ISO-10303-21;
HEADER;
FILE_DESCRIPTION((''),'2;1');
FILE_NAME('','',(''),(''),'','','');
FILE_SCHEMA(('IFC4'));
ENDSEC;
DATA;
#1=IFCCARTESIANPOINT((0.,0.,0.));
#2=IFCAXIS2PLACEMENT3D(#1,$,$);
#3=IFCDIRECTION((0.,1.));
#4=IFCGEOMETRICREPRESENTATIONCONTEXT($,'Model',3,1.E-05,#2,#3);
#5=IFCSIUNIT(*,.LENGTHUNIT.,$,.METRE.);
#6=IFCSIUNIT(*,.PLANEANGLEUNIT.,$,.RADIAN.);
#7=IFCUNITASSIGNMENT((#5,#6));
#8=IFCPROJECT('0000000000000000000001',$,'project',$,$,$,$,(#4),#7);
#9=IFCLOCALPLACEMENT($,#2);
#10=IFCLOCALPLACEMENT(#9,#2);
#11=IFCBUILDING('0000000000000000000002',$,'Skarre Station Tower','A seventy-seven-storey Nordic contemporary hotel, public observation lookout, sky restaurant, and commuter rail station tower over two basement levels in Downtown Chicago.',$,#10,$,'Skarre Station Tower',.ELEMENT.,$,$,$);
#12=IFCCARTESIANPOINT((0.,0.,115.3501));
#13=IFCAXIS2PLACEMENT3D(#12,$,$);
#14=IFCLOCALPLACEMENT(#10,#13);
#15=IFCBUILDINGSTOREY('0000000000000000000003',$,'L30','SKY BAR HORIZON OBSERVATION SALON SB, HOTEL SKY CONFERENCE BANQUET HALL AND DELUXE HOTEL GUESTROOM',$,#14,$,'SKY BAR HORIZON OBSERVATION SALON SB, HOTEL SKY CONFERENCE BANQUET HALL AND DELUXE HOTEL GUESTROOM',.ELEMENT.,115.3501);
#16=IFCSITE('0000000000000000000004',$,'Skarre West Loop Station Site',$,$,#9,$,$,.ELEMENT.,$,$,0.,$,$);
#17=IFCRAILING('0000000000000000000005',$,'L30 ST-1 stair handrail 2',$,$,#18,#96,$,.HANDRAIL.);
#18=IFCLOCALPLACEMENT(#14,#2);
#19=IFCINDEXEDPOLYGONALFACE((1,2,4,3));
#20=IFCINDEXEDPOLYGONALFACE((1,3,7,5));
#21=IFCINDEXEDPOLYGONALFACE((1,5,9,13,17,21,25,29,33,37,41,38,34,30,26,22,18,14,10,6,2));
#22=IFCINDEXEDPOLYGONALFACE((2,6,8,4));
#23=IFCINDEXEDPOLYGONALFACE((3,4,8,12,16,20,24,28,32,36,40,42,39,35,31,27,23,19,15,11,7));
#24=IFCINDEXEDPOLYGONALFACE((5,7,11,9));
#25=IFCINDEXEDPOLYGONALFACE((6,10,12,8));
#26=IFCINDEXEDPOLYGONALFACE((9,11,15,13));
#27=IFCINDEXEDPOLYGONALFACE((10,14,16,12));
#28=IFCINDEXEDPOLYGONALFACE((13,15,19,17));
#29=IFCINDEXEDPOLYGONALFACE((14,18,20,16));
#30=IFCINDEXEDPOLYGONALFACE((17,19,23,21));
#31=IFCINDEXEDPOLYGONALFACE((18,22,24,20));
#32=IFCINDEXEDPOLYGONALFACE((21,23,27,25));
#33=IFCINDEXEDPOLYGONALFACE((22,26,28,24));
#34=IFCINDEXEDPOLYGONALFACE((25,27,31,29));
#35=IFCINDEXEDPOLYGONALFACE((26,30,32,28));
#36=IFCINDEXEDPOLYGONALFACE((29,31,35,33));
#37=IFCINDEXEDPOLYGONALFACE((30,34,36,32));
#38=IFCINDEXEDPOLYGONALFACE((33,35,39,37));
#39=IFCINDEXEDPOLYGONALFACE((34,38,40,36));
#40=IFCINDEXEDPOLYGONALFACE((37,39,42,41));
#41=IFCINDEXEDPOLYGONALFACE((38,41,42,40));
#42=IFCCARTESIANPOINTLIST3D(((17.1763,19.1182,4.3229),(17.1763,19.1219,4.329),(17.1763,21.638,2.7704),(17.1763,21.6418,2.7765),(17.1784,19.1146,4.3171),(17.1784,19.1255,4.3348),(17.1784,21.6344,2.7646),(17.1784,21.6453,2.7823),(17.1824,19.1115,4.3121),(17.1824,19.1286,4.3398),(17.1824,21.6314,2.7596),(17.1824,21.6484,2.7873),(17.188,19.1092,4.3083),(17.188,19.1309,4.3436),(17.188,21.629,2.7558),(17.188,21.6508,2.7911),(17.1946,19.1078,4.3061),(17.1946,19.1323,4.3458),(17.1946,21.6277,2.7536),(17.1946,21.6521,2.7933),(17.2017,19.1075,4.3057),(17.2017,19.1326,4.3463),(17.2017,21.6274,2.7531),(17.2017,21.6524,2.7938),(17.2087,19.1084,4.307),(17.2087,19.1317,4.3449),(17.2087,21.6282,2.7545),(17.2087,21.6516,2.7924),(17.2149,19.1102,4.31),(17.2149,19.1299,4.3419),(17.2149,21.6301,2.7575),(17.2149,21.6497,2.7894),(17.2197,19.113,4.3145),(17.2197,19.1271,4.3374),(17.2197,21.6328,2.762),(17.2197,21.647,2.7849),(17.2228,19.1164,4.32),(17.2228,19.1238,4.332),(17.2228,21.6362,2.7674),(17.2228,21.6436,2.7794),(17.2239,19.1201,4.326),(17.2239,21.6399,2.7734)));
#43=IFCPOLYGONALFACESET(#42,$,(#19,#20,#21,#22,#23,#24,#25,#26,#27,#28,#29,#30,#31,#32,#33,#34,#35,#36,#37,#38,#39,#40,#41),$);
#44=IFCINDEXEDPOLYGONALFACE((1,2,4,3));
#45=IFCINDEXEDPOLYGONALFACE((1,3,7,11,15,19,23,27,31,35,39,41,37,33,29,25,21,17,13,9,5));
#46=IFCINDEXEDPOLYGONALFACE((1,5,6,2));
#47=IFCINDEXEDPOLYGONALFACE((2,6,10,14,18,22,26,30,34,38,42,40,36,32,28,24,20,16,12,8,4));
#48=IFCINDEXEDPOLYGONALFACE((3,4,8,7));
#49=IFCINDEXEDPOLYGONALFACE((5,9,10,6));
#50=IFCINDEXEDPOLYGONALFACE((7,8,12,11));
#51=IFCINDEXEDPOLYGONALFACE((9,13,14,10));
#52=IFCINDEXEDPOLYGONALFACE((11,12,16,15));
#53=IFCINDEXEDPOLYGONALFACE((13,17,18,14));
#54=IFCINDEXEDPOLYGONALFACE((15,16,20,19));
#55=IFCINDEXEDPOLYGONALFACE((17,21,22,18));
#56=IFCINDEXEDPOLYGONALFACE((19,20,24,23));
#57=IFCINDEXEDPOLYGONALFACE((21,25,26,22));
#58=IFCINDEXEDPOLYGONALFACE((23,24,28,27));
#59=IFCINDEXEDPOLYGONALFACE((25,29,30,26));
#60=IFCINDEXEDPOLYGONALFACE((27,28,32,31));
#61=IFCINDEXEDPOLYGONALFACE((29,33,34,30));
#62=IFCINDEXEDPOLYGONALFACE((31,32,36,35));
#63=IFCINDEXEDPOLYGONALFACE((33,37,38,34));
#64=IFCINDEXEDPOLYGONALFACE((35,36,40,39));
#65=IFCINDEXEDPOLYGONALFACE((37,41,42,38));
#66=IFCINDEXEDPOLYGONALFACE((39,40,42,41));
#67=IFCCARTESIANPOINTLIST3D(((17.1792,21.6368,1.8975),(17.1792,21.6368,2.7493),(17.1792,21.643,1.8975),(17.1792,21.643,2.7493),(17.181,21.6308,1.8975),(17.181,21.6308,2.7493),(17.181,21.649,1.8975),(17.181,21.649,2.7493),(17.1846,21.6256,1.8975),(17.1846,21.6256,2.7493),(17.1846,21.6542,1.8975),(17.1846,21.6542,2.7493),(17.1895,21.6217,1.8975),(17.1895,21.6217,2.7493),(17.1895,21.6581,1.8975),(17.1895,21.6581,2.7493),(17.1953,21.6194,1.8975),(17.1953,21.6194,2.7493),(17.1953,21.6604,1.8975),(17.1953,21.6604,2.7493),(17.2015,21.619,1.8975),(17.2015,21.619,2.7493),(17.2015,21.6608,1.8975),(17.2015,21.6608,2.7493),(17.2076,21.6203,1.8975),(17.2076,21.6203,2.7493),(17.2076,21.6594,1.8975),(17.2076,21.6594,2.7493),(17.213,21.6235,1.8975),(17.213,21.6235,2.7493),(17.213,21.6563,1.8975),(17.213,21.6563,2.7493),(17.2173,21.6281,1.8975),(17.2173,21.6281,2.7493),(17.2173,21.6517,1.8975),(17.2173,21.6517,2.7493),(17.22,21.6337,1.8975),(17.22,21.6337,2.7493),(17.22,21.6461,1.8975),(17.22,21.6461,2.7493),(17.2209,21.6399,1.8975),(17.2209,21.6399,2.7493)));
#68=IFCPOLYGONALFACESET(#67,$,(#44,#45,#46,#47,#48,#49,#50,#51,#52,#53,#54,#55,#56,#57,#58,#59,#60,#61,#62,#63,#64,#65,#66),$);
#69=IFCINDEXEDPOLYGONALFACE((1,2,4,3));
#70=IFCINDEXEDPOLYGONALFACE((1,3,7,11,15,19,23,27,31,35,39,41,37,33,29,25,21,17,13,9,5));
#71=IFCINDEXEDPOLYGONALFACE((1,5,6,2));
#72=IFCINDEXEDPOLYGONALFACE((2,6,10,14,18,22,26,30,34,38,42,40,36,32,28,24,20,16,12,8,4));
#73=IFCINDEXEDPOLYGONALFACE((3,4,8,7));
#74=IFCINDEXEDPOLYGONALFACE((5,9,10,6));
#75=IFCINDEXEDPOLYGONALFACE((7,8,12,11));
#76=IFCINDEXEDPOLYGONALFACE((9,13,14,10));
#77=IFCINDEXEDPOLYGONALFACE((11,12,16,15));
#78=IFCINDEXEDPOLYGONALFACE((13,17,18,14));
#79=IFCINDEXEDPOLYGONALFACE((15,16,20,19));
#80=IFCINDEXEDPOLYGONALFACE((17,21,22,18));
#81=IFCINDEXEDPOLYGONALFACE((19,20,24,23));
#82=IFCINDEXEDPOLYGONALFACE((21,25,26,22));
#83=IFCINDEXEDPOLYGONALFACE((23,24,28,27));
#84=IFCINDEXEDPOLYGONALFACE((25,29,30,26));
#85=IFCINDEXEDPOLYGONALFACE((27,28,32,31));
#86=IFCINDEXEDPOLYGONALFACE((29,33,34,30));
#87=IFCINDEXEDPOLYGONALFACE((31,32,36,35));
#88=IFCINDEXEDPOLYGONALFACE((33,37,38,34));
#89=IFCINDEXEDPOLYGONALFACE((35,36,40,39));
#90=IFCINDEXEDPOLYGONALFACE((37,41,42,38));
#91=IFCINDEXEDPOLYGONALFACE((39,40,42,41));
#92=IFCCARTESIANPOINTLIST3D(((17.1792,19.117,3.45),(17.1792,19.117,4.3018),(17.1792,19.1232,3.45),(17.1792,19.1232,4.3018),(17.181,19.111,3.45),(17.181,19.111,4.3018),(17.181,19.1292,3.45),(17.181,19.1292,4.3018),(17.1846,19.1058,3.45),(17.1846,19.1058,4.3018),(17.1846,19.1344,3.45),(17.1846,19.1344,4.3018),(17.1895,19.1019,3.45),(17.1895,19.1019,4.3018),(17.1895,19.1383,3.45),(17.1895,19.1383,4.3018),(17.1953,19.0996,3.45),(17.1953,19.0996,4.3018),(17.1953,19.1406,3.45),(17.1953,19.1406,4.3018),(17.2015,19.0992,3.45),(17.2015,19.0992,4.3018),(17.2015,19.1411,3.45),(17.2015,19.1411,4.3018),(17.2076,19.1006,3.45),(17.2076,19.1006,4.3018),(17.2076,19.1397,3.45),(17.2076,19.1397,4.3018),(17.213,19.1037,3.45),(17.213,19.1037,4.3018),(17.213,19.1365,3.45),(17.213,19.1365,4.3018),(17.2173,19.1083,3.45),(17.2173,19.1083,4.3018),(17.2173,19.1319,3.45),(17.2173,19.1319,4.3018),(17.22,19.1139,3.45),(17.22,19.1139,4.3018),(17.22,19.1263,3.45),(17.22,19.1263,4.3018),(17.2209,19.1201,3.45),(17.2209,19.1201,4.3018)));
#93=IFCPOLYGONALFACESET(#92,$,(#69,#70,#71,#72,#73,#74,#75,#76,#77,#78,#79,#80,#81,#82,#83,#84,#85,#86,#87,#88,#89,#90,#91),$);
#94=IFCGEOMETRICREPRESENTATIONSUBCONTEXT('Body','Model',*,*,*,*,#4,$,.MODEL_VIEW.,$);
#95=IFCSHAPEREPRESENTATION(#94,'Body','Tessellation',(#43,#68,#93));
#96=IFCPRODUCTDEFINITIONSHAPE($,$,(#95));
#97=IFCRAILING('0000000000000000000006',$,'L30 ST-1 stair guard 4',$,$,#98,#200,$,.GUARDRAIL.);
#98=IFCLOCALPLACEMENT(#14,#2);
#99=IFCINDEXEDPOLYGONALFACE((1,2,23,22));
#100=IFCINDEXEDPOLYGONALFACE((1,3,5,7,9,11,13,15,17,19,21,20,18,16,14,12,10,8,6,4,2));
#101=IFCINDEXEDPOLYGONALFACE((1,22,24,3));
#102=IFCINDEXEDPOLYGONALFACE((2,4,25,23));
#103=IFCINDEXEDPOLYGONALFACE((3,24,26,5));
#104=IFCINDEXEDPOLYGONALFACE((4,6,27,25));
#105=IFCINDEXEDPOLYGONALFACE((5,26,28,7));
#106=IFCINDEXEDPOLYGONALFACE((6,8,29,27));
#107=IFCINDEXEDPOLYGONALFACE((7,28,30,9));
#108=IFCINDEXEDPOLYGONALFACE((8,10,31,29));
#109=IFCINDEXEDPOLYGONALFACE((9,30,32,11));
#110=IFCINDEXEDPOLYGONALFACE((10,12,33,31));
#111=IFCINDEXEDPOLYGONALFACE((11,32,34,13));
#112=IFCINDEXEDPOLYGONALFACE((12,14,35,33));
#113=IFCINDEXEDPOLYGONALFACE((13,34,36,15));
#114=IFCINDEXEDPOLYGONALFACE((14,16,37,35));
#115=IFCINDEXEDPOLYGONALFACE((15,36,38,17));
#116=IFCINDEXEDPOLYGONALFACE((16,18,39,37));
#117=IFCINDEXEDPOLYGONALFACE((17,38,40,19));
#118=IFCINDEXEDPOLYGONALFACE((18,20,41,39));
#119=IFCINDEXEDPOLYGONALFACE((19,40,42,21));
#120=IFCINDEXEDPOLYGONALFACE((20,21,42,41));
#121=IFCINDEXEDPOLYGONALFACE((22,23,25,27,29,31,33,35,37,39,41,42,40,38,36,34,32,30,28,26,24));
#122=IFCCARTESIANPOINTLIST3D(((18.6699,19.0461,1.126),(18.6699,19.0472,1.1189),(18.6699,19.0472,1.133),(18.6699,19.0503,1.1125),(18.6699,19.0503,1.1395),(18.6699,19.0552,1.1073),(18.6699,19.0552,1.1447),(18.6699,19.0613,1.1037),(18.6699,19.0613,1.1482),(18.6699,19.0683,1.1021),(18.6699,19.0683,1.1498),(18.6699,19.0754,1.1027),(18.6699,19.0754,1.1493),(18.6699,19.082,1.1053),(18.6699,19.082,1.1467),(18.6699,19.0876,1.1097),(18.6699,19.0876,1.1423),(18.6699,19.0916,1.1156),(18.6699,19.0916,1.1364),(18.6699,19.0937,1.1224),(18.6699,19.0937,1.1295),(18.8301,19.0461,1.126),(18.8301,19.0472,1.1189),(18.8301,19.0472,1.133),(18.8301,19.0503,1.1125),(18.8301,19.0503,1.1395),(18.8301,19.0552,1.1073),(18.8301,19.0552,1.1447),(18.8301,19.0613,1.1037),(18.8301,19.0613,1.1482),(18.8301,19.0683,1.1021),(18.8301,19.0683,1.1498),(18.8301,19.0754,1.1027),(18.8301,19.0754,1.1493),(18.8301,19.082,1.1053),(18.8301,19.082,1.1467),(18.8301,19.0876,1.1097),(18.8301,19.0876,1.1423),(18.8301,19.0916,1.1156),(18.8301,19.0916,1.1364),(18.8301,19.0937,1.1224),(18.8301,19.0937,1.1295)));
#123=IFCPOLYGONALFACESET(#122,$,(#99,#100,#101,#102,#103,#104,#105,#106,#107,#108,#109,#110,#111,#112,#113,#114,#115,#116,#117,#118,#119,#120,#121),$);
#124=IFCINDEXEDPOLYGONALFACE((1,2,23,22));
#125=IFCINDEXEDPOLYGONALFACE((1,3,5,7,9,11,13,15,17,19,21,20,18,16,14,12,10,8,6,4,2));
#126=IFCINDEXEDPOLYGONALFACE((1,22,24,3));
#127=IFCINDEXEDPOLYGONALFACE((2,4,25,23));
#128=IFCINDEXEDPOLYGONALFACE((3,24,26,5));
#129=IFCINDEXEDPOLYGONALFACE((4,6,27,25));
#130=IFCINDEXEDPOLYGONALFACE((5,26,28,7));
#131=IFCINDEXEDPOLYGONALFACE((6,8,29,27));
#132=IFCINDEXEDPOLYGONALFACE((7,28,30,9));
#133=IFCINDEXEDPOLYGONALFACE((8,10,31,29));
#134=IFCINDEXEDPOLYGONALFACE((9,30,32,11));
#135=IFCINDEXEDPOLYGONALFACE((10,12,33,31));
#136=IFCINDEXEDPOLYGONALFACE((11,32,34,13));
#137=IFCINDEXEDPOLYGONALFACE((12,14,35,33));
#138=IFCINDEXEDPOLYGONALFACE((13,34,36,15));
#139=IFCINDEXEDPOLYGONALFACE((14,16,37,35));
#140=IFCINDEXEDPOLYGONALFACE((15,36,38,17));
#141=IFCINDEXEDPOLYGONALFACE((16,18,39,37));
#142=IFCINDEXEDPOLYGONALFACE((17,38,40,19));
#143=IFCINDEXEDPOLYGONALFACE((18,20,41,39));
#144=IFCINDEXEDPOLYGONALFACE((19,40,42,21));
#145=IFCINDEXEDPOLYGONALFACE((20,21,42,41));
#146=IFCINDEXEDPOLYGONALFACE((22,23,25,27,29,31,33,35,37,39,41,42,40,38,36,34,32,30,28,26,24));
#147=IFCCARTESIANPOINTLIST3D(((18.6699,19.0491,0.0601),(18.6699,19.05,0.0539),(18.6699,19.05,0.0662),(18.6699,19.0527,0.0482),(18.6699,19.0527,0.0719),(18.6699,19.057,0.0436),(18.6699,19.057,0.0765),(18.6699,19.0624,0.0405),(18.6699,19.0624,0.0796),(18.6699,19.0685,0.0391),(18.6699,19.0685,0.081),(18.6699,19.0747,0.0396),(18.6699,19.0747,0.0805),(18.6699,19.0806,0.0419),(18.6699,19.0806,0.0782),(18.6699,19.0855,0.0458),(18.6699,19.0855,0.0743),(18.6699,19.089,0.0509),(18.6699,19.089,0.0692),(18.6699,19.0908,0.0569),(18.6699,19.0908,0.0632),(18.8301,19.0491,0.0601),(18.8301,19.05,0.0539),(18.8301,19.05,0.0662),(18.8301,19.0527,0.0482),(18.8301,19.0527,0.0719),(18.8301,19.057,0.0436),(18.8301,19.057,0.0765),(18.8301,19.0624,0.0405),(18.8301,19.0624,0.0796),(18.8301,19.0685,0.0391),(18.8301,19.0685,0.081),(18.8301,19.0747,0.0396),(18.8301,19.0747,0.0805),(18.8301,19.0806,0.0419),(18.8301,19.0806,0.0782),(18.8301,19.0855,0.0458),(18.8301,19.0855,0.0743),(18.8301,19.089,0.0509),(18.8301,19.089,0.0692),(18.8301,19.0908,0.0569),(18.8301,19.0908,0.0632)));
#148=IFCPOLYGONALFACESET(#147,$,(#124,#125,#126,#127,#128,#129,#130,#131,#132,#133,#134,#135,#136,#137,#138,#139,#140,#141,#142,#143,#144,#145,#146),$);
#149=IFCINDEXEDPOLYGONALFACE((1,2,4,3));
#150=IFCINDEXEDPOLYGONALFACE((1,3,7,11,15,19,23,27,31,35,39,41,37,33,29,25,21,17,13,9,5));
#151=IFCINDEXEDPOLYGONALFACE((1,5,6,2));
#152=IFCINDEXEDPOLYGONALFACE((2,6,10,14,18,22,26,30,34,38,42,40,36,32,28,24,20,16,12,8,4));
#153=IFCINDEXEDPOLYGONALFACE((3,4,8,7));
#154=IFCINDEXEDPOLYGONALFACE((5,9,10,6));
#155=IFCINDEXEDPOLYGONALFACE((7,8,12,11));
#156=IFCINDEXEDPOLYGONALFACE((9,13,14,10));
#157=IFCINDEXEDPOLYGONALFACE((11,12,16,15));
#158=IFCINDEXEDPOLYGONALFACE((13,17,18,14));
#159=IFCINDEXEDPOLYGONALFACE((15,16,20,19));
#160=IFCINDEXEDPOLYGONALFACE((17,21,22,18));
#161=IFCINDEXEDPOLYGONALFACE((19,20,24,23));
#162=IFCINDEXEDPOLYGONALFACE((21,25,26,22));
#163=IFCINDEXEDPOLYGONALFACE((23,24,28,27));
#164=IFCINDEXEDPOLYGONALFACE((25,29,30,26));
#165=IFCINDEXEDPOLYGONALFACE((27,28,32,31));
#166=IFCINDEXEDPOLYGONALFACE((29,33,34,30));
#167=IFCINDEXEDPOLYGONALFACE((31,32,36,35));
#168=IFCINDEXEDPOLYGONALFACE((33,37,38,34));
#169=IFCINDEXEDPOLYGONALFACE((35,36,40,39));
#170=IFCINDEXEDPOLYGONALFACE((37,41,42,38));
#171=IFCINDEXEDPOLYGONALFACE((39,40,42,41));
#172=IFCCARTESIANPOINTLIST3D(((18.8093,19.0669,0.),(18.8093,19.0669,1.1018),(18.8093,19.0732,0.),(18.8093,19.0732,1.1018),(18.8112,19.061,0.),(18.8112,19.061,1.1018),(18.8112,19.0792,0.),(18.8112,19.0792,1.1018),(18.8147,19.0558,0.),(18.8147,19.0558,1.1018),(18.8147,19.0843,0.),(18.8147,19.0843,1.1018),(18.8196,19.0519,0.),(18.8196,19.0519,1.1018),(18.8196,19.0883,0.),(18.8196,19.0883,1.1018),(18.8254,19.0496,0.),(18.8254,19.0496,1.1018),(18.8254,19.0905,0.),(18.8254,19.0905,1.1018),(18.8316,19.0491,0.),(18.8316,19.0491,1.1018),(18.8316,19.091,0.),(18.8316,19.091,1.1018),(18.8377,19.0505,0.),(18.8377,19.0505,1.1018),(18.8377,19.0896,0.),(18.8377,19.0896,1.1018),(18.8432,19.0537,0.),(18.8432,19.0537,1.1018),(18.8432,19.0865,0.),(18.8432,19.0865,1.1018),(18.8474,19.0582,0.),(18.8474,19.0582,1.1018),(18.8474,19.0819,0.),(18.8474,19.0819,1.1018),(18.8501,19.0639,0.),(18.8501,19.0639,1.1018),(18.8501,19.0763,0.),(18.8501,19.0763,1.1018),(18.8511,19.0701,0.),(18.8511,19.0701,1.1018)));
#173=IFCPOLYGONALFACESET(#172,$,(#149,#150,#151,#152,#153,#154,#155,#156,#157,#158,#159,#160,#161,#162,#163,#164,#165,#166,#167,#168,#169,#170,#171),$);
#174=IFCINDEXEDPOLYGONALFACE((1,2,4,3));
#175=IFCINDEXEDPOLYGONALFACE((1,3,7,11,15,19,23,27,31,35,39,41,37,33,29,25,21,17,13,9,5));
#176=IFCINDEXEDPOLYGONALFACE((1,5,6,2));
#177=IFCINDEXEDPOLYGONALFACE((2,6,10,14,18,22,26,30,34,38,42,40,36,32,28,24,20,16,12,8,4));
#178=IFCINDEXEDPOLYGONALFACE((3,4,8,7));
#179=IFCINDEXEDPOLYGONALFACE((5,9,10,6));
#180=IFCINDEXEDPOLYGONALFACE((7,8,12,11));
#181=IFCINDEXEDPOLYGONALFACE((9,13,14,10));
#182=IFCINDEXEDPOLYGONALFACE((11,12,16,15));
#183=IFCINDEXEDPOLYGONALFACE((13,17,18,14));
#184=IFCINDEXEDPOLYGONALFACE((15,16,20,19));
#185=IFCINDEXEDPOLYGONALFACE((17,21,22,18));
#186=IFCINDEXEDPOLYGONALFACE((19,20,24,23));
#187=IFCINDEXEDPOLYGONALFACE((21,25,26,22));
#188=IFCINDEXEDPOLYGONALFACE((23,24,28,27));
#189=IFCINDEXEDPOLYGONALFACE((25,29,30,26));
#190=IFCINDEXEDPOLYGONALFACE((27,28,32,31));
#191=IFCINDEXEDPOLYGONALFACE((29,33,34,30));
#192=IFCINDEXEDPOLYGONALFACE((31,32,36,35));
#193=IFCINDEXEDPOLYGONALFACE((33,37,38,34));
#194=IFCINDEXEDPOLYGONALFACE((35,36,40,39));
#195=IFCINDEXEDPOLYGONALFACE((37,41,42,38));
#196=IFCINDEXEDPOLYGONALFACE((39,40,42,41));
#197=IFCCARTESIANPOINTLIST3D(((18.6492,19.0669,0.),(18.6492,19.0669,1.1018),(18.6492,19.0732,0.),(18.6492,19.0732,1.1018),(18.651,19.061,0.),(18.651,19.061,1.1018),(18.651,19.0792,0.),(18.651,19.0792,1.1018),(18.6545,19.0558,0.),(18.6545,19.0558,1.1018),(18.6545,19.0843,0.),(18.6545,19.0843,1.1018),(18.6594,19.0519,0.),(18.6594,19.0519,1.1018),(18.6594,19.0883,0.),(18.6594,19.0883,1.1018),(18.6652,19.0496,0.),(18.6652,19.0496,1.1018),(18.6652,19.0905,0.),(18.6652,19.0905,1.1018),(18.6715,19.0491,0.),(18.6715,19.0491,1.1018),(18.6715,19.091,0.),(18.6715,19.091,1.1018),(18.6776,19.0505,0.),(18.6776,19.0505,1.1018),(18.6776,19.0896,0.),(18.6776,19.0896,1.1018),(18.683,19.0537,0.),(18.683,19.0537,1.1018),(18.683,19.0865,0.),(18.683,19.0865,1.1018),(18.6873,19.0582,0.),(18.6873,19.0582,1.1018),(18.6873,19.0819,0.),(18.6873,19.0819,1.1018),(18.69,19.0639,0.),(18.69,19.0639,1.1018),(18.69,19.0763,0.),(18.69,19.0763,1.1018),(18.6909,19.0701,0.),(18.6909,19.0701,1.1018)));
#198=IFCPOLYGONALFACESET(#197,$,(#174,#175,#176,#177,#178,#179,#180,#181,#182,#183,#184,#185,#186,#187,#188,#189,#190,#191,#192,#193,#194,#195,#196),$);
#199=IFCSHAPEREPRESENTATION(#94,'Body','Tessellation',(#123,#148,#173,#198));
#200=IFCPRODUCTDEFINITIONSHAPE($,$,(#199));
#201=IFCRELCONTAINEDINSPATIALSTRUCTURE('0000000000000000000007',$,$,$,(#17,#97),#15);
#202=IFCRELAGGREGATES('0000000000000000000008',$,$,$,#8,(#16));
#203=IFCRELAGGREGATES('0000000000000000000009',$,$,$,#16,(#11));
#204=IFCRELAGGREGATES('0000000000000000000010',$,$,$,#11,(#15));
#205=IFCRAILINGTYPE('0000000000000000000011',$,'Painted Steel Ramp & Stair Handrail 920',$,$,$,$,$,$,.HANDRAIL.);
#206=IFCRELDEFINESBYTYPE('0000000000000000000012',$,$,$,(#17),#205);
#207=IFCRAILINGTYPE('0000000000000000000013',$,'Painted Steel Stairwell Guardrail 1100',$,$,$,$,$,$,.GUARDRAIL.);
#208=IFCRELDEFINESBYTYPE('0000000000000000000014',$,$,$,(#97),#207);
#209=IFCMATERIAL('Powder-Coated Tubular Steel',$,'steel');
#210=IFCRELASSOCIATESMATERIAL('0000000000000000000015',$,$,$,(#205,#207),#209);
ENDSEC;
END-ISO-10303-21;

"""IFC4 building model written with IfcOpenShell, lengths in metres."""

from ifc_helpers import new_model, si_unit, direction, frame, origin, origin_2d, place, context, subcontext, project, spatial, circle, extrude, material, type_object, element, save


model = new_model("IFC4")

# Units and contexts
model_context = context("Model", 3, precision=1e-05, world=origin(), true_north=direction((0.0, 1.0)))
body_context = subcontext(model_context, "Body", "Model", "MODEL_VIEW")
ifc_project = project(units=[si_unit("LENGTHUNIT", "METRE"), si_unit("PLANEANGLEUNIT", "RADIAN")], contexts=[model_context])

# Site, building, storey
site_placement = place(None, origin())
site = spatial("IfcSite", under=ifc_project, at=site_placement, Name="Skarre West Loop Station Site", CompositionType="ELEMENT", RefElevation=0.0)
building_placement = place(site_placement, origin())
building = spatial("IfcBuilding", under=site, at=building_placement, Name="Skarre Station Tower", Description="A seventy-seven-storey Nordic contemporary hotel, public observation lookout, sky restaurant, and commuter rail station tower over two basement levels in Downtown Chicago.", LongName="Skarre Station Tower", CompositionType="ELEMENT")
storey_placement = place(building_placement, frame((0.0, 0.0, 115.3501)))
storey = spatial("IfcBuildingStorey", under=building, at=storey_placement, Name="L30", Description="SKY BAR HORIZON OBSERVATION SALON SB, HOTEL SKY CONFERENCE BANQUET HALL AND DELUXE HOTEL GUESTROOM", LongName="SKY BAR HORIZON OBSERVATION SALON SB, HOTEL SKY CONFERENCE BANQUET HALL AND DELUXE HOTEL GUESTROOM", CompositionType="ELEMENT", Elevation=115.3501)

# Railings
ifc_material_1 = material(Name="Powder-Coated Tubular Steel", Category="steel")
railing_type_1 = type_object("IfcRailingType", Name="Painted Steel Ramp & Stair Handrail 920", PredefinedType="HANDRAIL", material=ifc_material_1)
railing_1_placement = place(storey_placement, frame((17.2, 21.6399, 1.8975)))
element("IfcRailing", 1, at=railing_1_placement, inside=storey, type_object=railing_type_1, Name="L30 ST-1 stair handrail 2", PredefinedType="HANDRAIL", context=body_context, shape_type="SweptSolid", body=[
    extrude(circle(Radius=0.0239, at=origin_2d()), frame((0.0, 0.0, 0.876), z_axis=(0.0, -0.851378, 0.524553), x_axis=(1.0, 0.0, 0.0)), (0.0, 0.0, 1.0), 2.9597),
    extrude(circle(Radius=0.021, at=origin_2d()), origin(), (0.0, 0.0, 1.0), 0.8518),
    extrude(circle(Radius=0.021, at=origin_2d()), frame((0.0, -2.5198, 1.5525)), (0.0, 0.0, 1.0), 0.8518),
])
railing_type_2 = type_object("IfcRailingType", Name="Painted Steel Stairwell Guardrail 1100", PredefinedType="GUARDRAIL", material=ifc_material_1)
railing_2_placement = place(storey_placement, frame((18.8301, 19.0701, 0.0)))
element("IfcRailing", 2, at=railing_2_placement, inside=storey, type_object=railing_type_2, Name="L30 ST-1 stair guard 4", PredefinedType="GUARDRAIL", context=body_context, shape_type="SweptSolid", body=[
    extrude(circle(Radius=0.0239, at=origin_2d()), frame((0.0, 0.0, 1.126), z_axis=(-1.0, 0.0, 0.0), x_axis=(0.0, -1.0, 0.0)), (0.0, 0.0, 1.0), 0.1602),
    extrude(circle(Radius=0.021, at=origin_2d()), frame((0.0, 0.0, 0.0601), z_axis=(-1.0, 0.0, 0.0), x_axis=(0.0, -1.0, 0.0)), (0.0, 0.0, 1.0), 0.1602),
    extrude(circle(Radius=0.021, at=origin_2d()), origin(), (0.0, 0.0, 1.0), 1.1018),
    extrude(circle(Radius=0.021, at=origin_2d()), frame((-0.1602, 0.0, 0.0)), (0.0, 0.0, 1.0), 1.1018),
])

save(model, "model.ifc")
